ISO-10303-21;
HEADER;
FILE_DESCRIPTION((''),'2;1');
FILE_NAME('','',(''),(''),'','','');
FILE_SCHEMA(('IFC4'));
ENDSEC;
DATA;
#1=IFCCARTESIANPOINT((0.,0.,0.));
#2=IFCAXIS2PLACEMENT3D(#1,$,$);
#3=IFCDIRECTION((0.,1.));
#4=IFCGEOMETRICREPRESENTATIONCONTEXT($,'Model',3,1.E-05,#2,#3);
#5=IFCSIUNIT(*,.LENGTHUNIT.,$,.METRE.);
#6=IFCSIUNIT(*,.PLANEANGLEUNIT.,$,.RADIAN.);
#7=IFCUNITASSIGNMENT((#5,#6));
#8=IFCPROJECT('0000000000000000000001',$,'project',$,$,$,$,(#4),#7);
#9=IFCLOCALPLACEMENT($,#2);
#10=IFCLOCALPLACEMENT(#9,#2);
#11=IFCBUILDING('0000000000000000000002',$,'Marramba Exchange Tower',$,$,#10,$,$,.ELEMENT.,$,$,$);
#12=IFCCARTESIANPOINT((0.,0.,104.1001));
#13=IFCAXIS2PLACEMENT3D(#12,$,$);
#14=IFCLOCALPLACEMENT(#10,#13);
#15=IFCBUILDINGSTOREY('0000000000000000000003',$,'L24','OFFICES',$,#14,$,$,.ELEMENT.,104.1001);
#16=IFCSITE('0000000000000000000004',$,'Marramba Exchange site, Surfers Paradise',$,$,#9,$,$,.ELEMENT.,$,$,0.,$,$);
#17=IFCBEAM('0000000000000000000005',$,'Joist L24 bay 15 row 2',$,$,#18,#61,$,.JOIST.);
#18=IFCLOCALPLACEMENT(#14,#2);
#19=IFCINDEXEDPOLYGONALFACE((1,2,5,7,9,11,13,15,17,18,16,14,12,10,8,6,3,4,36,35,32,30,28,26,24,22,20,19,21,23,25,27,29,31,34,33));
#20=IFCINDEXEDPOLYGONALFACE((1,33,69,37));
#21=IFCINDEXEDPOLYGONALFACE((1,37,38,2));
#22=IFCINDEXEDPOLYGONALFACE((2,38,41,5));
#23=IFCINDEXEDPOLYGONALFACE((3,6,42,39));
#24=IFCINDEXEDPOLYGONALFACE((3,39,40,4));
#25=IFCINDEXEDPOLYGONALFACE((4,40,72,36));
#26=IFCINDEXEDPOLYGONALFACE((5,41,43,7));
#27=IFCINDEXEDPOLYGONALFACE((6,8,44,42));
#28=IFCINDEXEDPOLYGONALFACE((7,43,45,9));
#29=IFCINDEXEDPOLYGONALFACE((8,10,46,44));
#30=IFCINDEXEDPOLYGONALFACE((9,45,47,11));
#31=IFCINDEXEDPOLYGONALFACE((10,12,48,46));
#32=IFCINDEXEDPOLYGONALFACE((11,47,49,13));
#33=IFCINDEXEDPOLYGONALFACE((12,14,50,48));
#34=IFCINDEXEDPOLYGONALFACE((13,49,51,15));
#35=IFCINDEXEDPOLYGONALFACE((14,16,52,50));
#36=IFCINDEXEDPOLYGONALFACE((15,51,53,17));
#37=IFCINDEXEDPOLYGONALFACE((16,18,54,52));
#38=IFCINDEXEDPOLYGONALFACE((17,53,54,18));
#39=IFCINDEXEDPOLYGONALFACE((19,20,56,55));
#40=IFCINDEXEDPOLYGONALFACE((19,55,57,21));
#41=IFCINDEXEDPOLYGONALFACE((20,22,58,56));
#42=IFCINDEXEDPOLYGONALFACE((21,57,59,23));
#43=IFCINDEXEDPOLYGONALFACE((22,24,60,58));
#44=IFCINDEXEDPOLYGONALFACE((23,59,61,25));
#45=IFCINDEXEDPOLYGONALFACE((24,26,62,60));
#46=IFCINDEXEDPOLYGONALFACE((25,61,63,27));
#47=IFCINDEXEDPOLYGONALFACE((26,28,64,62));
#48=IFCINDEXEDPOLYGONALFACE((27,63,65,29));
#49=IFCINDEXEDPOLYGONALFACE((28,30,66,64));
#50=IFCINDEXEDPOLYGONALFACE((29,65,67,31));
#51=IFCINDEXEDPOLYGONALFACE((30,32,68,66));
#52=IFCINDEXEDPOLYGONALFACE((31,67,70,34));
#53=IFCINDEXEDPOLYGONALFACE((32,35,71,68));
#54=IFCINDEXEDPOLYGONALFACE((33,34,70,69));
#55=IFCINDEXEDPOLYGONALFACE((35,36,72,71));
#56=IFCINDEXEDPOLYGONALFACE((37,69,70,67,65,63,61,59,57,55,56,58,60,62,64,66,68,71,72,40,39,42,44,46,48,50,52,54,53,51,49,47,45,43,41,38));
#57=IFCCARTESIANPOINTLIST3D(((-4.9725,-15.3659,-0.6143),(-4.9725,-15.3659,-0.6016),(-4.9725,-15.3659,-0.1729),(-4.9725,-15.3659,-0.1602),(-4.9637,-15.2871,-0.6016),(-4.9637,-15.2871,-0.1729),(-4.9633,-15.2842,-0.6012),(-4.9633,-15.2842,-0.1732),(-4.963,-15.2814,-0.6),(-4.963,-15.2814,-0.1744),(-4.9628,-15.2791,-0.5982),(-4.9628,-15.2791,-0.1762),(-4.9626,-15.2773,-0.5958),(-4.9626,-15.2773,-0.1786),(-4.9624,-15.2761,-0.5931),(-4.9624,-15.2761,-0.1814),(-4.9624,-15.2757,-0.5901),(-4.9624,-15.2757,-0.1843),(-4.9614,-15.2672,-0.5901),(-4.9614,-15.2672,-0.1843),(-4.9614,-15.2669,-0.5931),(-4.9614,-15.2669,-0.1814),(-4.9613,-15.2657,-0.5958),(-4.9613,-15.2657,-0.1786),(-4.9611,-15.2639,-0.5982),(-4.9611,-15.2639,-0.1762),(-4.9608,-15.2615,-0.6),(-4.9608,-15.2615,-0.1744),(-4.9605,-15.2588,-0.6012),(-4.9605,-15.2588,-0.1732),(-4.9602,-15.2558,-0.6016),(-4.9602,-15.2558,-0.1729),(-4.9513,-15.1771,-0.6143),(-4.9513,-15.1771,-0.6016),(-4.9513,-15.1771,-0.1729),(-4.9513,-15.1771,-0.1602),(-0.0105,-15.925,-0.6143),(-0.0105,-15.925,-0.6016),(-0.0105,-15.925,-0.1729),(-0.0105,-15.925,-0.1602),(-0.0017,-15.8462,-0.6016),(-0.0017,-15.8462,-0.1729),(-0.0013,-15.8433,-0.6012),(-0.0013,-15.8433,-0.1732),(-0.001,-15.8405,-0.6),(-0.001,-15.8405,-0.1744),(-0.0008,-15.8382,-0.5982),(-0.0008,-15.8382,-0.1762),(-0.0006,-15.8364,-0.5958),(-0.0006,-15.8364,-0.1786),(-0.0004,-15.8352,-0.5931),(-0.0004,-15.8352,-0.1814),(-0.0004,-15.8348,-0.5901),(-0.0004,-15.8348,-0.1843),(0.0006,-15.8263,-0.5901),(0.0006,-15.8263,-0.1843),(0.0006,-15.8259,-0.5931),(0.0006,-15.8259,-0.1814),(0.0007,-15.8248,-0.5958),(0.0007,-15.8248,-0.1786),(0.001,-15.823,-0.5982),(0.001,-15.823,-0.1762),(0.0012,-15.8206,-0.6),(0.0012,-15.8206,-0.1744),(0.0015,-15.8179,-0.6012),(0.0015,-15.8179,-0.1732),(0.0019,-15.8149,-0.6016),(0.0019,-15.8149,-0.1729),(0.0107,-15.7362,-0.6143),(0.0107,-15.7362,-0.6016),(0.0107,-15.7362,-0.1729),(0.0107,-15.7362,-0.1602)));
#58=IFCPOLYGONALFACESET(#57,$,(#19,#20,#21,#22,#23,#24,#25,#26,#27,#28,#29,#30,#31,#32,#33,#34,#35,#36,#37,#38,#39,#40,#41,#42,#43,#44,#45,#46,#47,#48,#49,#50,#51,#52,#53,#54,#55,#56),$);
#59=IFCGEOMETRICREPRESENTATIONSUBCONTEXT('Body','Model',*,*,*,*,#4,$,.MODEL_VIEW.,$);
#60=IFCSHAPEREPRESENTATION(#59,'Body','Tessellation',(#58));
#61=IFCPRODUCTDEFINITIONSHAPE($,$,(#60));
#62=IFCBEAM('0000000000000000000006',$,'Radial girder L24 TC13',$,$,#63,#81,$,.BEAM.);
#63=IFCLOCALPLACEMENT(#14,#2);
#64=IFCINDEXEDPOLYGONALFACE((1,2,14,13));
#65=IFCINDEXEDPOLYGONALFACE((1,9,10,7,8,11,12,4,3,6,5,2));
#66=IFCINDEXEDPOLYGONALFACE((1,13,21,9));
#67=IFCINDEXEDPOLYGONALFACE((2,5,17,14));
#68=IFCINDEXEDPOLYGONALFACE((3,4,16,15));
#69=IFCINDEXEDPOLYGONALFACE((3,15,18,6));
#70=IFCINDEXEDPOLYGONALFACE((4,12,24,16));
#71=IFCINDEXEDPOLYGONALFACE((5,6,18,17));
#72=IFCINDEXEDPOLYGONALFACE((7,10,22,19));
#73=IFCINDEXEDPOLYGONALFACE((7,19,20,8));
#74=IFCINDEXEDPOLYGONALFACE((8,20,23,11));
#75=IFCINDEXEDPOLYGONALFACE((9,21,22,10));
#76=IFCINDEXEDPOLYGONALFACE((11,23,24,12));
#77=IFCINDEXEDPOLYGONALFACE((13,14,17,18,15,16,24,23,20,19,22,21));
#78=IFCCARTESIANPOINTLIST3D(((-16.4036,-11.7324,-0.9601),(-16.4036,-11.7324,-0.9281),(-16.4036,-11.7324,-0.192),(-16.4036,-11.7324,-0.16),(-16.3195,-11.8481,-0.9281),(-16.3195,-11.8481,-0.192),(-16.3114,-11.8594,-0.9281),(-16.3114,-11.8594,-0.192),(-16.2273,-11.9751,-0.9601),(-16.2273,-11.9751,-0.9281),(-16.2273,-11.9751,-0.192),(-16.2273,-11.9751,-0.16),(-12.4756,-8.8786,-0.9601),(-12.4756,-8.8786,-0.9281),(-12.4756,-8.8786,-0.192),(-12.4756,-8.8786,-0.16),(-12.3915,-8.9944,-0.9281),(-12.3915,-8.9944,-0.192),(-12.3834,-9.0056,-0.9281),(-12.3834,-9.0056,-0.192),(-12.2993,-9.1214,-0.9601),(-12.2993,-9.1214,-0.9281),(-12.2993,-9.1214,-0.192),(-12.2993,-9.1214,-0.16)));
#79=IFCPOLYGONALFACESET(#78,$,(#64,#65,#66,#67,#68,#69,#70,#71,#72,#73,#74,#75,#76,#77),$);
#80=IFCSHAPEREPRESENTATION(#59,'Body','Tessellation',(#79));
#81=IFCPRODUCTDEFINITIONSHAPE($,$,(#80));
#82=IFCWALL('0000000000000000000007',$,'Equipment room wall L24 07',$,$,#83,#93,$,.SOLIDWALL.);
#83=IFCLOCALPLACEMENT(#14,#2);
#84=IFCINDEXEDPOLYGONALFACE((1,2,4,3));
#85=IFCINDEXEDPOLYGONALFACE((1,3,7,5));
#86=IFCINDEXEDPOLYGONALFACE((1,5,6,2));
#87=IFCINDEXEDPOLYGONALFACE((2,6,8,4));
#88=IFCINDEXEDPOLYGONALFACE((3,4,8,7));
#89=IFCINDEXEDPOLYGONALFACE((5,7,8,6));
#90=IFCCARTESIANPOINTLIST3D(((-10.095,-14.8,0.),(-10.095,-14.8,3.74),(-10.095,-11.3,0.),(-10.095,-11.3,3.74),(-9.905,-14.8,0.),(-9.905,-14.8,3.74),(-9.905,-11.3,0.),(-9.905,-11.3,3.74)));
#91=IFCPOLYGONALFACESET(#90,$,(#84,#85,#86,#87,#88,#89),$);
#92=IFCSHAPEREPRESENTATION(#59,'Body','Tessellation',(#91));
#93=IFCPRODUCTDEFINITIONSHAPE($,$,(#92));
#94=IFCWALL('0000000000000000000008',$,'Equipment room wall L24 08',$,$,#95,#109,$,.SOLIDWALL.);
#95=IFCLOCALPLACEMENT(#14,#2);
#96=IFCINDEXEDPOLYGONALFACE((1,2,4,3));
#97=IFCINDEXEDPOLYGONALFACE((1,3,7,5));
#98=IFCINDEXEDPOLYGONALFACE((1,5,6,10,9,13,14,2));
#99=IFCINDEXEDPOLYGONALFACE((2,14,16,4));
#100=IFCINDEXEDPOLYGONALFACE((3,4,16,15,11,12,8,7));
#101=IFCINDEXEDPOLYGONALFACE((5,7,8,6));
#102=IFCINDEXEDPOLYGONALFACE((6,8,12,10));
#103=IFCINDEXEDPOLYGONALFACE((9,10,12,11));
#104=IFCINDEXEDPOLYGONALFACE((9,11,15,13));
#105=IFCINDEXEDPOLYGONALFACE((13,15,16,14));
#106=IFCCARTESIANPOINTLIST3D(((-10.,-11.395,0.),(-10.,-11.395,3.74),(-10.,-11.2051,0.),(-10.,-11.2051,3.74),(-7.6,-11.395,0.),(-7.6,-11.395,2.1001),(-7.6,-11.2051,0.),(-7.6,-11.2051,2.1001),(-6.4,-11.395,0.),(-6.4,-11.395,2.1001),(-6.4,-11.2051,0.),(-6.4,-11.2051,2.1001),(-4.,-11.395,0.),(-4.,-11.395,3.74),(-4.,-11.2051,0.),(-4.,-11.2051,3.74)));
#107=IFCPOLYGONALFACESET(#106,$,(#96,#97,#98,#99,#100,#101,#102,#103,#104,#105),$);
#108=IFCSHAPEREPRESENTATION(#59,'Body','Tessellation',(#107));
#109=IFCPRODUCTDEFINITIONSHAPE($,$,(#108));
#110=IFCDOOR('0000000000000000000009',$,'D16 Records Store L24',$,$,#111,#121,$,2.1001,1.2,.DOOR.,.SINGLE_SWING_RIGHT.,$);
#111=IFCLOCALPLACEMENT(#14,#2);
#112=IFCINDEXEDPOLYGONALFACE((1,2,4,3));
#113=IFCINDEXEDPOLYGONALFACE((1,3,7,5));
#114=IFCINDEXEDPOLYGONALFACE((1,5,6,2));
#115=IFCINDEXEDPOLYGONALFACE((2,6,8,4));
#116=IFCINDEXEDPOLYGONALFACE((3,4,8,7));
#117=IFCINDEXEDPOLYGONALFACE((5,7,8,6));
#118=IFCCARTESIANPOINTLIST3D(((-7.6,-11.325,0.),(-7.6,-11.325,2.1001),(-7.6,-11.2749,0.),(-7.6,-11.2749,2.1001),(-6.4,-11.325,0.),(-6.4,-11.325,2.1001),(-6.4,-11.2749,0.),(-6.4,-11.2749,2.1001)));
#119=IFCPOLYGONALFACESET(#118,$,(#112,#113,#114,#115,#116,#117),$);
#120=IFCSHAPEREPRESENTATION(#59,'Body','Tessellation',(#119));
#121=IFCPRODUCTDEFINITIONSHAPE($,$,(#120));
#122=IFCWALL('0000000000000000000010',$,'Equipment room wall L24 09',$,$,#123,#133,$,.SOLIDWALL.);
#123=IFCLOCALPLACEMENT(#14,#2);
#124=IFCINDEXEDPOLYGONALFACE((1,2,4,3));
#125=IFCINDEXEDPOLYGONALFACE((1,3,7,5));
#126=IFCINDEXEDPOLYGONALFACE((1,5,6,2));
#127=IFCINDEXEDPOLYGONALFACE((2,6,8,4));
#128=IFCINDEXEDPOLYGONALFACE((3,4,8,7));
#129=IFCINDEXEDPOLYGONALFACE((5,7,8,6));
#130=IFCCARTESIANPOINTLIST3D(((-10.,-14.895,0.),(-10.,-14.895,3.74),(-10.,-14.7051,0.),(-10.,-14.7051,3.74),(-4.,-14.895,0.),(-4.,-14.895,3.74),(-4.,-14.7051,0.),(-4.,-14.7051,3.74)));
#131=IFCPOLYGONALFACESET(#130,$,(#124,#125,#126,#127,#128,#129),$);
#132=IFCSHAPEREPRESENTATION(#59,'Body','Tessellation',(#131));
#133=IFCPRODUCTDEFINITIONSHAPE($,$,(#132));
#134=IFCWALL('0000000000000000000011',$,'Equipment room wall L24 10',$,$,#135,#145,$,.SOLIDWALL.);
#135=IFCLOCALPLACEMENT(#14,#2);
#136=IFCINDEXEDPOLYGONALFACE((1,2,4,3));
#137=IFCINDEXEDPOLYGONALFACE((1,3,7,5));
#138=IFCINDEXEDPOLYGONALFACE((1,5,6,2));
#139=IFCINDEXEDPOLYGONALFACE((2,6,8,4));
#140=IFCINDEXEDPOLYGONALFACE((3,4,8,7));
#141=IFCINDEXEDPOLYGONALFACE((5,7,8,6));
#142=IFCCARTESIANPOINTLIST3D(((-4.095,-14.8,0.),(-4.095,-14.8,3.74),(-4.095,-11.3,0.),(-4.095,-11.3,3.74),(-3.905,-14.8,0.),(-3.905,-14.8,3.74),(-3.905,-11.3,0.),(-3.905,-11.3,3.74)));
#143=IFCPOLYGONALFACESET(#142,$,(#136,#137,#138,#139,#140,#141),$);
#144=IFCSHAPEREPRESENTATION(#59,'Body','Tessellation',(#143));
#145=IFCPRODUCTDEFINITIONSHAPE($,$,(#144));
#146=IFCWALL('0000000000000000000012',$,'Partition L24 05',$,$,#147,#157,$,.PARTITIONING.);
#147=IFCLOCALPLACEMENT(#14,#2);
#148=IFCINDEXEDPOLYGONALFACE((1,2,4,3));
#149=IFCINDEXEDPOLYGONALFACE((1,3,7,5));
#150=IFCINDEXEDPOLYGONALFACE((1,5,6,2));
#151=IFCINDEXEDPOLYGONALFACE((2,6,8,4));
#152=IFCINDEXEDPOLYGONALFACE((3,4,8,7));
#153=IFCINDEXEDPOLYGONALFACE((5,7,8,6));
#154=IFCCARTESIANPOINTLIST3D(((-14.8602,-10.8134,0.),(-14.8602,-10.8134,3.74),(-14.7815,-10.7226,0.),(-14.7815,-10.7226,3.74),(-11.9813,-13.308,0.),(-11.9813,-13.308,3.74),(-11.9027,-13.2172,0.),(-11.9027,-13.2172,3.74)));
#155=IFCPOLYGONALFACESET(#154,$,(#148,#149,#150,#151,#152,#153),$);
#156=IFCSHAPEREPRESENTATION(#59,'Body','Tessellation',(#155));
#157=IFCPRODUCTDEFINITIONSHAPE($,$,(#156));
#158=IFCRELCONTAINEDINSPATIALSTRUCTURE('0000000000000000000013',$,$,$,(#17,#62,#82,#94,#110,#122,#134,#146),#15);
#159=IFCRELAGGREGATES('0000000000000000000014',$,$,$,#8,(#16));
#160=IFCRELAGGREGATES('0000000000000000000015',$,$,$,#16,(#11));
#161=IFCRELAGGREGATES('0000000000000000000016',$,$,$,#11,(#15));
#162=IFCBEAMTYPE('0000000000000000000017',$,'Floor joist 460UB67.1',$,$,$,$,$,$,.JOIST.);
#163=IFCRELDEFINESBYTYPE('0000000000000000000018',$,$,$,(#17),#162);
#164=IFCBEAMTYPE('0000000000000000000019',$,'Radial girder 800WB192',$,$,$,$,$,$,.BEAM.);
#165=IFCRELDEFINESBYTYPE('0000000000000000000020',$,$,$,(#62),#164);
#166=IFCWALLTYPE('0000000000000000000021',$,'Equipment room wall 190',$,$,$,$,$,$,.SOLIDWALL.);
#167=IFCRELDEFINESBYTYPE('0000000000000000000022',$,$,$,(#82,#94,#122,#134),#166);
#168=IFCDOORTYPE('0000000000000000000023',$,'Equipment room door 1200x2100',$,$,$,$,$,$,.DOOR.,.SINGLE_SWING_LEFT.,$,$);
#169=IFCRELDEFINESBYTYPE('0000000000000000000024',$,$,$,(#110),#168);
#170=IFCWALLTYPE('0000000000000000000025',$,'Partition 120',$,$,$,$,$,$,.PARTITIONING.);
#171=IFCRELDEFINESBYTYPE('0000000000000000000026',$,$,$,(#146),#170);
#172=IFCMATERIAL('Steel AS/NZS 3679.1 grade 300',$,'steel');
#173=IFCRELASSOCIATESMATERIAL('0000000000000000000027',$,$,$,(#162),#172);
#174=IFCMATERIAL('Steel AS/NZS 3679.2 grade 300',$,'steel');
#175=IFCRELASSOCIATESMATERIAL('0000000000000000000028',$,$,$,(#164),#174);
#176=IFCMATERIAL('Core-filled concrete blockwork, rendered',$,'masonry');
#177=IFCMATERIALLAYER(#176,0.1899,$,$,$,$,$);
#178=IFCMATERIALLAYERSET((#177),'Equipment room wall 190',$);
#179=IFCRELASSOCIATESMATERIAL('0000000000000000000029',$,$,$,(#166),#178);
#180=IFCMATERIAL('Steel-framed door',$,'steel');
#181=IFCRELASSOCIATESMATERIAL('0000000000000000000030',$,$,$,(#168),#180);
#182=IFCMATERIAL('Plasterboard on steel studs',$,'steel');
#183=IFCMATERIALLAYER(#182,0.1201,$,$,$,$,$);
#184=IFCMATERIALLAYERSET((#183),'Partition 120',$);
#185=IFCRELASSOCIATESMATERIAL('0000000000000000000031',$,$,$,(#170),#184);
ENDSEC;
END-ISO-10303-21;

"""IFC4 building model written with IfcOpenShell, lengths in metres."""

from ifc_helpers import new_model, si_unit, direction, frame, frame_2d, origin, origin_2d, place, context, subcontext, project, spatial, rectangle, i_section, extrude, material, layer, layer_set, material_profile, profile_set, type_object, element, fill, save


model = new_model("IFC4")

# Units and contexts
model_context = context("Model", 3, precision=1e-05, world=origin(), true_north=direction((0.0, 1.0)))
body_context = subcontext(model_context, "Body", "Model", "MODEL_VIEW")
ifc_project = project(units=[si_unit("LENGTHUNIT", "METRE"), si_unit("PLANEANGLEUNIT", "RADIAN")], contexts=[model_context])

# Site, building, storey
site_placement = place(None, origin())
site = spatial("IfcSite", under=ifc_project, at=site_placement, Name="Marramba Exchange site, Surfers Paradise", CompositionType="ELEMENT", RefElevation=0.0)
building_placement = place(site_placement, origin())
building = spatial("IfcBuilding", under=site, at=building_placement, Name="Marramba Exchange Tower", CompositionType="ELEMENT")
storey_placement = place(building_placement, frame((0.0, 0.0, 104.1001)))
storey = spatial("IfcBuildingStorey", under=building, at=storey_placement, Name="L24", Description="OFFICES", CompositionType="ELEMENT", Elevation=104.1001)

# Beams
ifc_material_1 = material(Name="Steel AS/NZS 3679.2 grade 300", Category="steel")
ifc_material_2 = material(Name="Steel AS/NZS 3679.1 grade 300", Category="steel")
ifc_material_profile_1 = material_profile(ifc_material_2, i_section(OverallWidth=0.1899, OverallDepth=0.4541, WebThickness=0.0085, FlangeThickness=0.0127, FilletRadius=0.0115, at=origin_2d()), Name="460UB67.1")
ifc_profile_set_1 = profile_set([ifc_material_profile_1], Name="Steel AS/NZS 3679.1 grade 300")
beam_type_1 = type_object("IfcBeamType", Name="Floor joist 460UB67.1", PredefinedType="JOIST", material=ifc_profile_set_1)
beam_1_placement = place(storey_placement, frame((-4.9619, -15.2715, -0.3872), z_axis=(0.993712, -0.111966, 0.0), x_axis=(0.111966, 0.993712, 0.0)))
element("IfcBeam", 1, at=beam_1_placement, inside=storey, type_object=beam_type_1, Name="Joist L24 bay 15 row 2", PredefinedType="JOIST", context=body_context, shape_type="SweptSolid", body=[
    extrude(i_section(OverallWidth=0.1899, OverallDepth=0.4541, WebThickness=0.0085, FlangeThickness=0.0127, FilletRadius=0.0115, at=origin_2d()), origin(), (0.0, 0.0, 1.0), 4.9934),
])
ifc_material_profile_2 = material_profile(ifc_material_1, i_section(OverallWidth=0.3, OverallDepth=0.8, WebThickness=0.0139, FlangeThickness=0.032, at=origin_2d()), Name="800WB192")
ifc_profile_set_2 = profile_set([ifc_material_profile_2], Name="Steel AS/NZS 3679.2 grade 300")
beam_type_2 = type_object("IfcBeamType", Name="Radial girder 800WB192", PredefinedType="BEAM", material=ifc_profile_set_2)
beam_2_placement = place(storey_placement, frame((-12.3875, -9.0, -0.5601), z_axis=(-0.809025, -0.587774, 0.0), x_axis=(0.587774, -0.809025, 0.0)))
element("IfcBeam", 2, at=beam_2_placement, inside=storey, type_object=beam_type_2, Name="Radial girder L24 TC13", PredefinedType="BEAM", context=body_context, shape_type="SweptSolid", body=[
    extrude(i_section(OverallWidth=0.3, OverallDepth=0.8, WebThickness=0.0139, FlangeThickness=0.032, at=origin_2d()), origin(), (0.0, 0.0, 1.0), 4.8552),
])

# Wall
ifc_material_3 = material(Name="Core-filled concrete blockwork, rendered", Category="masonry")
ifc_layer_1 = layer(ifc_material_3, 0.1899)
ifc_layer_set_1 = layer_set([ifc_layer_1], Name="Equipment room wall 190")
wall_type_1 = type_object("IfcWallType", Name="Equipment room wall 190", PredefinedType="SOLIDWALL", material=ifc_layer_set_1)
wall_1_placement = place(storey_placement, frame((-10.0, -11.3, 0.0), z_axis=(0.0, 0.0, 1.0), x_axis=(0.0, -1.0, 0.0)))
element("IfcWall", 3, at=wall_1_placement, inside=storey, type_object=wall_type_1, Name="Equipment room wall L24 07", PredefinedType="SOLIDWALL", context=body_context, shape_type="SweptSolid", body=[
    extrude(rectangle(XDim=3.5, YDim=0.1899, at=frame_2d((1.75, 0.0))), origin(), (0.0, 0.0, 1.0), 3.74),
])

# Wall, opening, door
wall_2_placement = place(storey_placement, frame((-4.0, -11.3, 0.0), z_axis=(0.0, 0.0, 1.0), x_axis=(-1.0, 0.0, 0.0)))
wall_2 = element("IfcWall", 4, at=wall_2_placement, inside=storey, type_object=wall_type_1, Name="Equipment room wall L24 08", PredefinedType="SOLIDWALL", context=body_context, shape_type="SweptSolid", body=[
    extrude(rectangle(XDim=6.0, YDim=0.1899, at=frame_2d((3.0, 0.0))), origin(), (0.0, 0.0, 1.0), 3.74),
])
opening_1_placement = place(wall_2_placement, frame((2.3999, 0.0, 0.0)))
opening_1 = element("IfcOpeningElement", 5, at=opening_1_placement, cuts=wall_2, PredefinedType="OPENING", context=body_context, shape_type="SweptSolid", body=[
    extrude(rectangle(XDim=1.2, YDim=2.1001, at=frame_2d((0.6001, 1.05))), frame((0.0, 0.105, 0.0), z_axis=(0.0, -1.0, 0.0), x_axis=(1.0, 0.0, 0.0)), (0.0, 0.0, 1.0), 0.21),
])
ifc_material_4 = material(Name="Steel-framed door", Category="steel")
door_type_1 = type_object("IfcDoorType", Name="Equipment room door 1200x2100", OperationType="SINGLE_SWING_LEFT", PredefinedType="DOOR", material=ifc_material_4)
door_1_placement = place(opening_1_placement, origin())
door_1 = element("IfcDoor", 6, at=door_1_placement, inside=storey, type_object=door_type_1, Name="D16 Records Store L24", OperationType="SINGLE_SWING_RIGHT", OverallHeight=2.1001, OverallWidth=1.2, PredefinedType="DOOR", context=body_context, shape_type="SweptSolid", body=[
    extrude(rectangle(XDim=1.2, YDim=2.1001, at=frame_2d((0.6001, 1.05))), frame((0.0, 0.0249, 0.0), z_axis=(0.0, -1.0, 0.0), x_axis=(1.0, 0.0, 0.0)), (0.0, 0.0, 1.0), 0.05),
])
fill(opening_1, door_1)

# Walls
wall_3_placement = place(storey_placement, frame((-10.0, -14.8, 0.0), z_axis=(0.0, 0.0, 1.0), x_axis=(1.0, 0.0, 0.0)))
element("IfcWall", 7, at=wall_3_placement, inside=storey, type_object=wall_type_1, Name="Equipment room wall L24 09", PredefinedType="SOLIDWALL", context=body_context, shape_type="SweptSolid", body=[
    extrude(rectangle(XDim=6.0, YDim=0.1899, at=frame_2d((3.0, 0.0))), origin(), (0.0, 0.0, 1.0), 3.74),
])
wall_4_placement = place(storey_placement, frame((-4.0, -11.3, 0.0), z_axis=(0.0, 0.0, 1.0), x_axis=(0.0, -1.0, 0.0)))
element("IfcWall", 8, at=wall_4_placement, inside=storey, type_object=wall_type_1, Name="Equipment room wall L24 10", PredefinedType="SOLIDWALL", context=body_context, shape_type="SweptSolid", body=[
    extrude(rectangle(XDim=3.5, YDim=0.1899, at=frame_2d((1.75, 0.0))), origin(), (0.0, 0.0, 1.0), 3.74),
])
ifc_material_5 = material(Name="Plasterboard on steel studs", Category="steel")
ifc_layer_2 = layer(ifc_material_5, 0.1201)
ifc_layer_set_2 = layer_set([ifc_layer_2], Name="Partition 120")
wall_type_2 = type_object("IfcWallType", Name="Partition 120", PredefinedType="PARTITIONING", material=ifc_layer_set_2)
wall_5_placement = place(storey_placement, frame((-11.9419, -13.2627, 0.0), z_axis=(0.0, 0.0, 1.0), x_axis=(-0.755744, 0.654867, 0.0)))
element("IfcWall", 9, at=wall_5_placement, inside=storey, type_object=wall_type_2, Name="Partition L24 05", PredefinedType="PARTITIONING", context=body_context, shape_type="SweptSolid", body=[
    extrude(rectangle(XDim=3.8093, YDim=0.1201, at=frame_2d((1.9048, 0.0))), origin(), (0.0, 0.0, 1.0), 3.74),
])

save(model, "model.ifc")
